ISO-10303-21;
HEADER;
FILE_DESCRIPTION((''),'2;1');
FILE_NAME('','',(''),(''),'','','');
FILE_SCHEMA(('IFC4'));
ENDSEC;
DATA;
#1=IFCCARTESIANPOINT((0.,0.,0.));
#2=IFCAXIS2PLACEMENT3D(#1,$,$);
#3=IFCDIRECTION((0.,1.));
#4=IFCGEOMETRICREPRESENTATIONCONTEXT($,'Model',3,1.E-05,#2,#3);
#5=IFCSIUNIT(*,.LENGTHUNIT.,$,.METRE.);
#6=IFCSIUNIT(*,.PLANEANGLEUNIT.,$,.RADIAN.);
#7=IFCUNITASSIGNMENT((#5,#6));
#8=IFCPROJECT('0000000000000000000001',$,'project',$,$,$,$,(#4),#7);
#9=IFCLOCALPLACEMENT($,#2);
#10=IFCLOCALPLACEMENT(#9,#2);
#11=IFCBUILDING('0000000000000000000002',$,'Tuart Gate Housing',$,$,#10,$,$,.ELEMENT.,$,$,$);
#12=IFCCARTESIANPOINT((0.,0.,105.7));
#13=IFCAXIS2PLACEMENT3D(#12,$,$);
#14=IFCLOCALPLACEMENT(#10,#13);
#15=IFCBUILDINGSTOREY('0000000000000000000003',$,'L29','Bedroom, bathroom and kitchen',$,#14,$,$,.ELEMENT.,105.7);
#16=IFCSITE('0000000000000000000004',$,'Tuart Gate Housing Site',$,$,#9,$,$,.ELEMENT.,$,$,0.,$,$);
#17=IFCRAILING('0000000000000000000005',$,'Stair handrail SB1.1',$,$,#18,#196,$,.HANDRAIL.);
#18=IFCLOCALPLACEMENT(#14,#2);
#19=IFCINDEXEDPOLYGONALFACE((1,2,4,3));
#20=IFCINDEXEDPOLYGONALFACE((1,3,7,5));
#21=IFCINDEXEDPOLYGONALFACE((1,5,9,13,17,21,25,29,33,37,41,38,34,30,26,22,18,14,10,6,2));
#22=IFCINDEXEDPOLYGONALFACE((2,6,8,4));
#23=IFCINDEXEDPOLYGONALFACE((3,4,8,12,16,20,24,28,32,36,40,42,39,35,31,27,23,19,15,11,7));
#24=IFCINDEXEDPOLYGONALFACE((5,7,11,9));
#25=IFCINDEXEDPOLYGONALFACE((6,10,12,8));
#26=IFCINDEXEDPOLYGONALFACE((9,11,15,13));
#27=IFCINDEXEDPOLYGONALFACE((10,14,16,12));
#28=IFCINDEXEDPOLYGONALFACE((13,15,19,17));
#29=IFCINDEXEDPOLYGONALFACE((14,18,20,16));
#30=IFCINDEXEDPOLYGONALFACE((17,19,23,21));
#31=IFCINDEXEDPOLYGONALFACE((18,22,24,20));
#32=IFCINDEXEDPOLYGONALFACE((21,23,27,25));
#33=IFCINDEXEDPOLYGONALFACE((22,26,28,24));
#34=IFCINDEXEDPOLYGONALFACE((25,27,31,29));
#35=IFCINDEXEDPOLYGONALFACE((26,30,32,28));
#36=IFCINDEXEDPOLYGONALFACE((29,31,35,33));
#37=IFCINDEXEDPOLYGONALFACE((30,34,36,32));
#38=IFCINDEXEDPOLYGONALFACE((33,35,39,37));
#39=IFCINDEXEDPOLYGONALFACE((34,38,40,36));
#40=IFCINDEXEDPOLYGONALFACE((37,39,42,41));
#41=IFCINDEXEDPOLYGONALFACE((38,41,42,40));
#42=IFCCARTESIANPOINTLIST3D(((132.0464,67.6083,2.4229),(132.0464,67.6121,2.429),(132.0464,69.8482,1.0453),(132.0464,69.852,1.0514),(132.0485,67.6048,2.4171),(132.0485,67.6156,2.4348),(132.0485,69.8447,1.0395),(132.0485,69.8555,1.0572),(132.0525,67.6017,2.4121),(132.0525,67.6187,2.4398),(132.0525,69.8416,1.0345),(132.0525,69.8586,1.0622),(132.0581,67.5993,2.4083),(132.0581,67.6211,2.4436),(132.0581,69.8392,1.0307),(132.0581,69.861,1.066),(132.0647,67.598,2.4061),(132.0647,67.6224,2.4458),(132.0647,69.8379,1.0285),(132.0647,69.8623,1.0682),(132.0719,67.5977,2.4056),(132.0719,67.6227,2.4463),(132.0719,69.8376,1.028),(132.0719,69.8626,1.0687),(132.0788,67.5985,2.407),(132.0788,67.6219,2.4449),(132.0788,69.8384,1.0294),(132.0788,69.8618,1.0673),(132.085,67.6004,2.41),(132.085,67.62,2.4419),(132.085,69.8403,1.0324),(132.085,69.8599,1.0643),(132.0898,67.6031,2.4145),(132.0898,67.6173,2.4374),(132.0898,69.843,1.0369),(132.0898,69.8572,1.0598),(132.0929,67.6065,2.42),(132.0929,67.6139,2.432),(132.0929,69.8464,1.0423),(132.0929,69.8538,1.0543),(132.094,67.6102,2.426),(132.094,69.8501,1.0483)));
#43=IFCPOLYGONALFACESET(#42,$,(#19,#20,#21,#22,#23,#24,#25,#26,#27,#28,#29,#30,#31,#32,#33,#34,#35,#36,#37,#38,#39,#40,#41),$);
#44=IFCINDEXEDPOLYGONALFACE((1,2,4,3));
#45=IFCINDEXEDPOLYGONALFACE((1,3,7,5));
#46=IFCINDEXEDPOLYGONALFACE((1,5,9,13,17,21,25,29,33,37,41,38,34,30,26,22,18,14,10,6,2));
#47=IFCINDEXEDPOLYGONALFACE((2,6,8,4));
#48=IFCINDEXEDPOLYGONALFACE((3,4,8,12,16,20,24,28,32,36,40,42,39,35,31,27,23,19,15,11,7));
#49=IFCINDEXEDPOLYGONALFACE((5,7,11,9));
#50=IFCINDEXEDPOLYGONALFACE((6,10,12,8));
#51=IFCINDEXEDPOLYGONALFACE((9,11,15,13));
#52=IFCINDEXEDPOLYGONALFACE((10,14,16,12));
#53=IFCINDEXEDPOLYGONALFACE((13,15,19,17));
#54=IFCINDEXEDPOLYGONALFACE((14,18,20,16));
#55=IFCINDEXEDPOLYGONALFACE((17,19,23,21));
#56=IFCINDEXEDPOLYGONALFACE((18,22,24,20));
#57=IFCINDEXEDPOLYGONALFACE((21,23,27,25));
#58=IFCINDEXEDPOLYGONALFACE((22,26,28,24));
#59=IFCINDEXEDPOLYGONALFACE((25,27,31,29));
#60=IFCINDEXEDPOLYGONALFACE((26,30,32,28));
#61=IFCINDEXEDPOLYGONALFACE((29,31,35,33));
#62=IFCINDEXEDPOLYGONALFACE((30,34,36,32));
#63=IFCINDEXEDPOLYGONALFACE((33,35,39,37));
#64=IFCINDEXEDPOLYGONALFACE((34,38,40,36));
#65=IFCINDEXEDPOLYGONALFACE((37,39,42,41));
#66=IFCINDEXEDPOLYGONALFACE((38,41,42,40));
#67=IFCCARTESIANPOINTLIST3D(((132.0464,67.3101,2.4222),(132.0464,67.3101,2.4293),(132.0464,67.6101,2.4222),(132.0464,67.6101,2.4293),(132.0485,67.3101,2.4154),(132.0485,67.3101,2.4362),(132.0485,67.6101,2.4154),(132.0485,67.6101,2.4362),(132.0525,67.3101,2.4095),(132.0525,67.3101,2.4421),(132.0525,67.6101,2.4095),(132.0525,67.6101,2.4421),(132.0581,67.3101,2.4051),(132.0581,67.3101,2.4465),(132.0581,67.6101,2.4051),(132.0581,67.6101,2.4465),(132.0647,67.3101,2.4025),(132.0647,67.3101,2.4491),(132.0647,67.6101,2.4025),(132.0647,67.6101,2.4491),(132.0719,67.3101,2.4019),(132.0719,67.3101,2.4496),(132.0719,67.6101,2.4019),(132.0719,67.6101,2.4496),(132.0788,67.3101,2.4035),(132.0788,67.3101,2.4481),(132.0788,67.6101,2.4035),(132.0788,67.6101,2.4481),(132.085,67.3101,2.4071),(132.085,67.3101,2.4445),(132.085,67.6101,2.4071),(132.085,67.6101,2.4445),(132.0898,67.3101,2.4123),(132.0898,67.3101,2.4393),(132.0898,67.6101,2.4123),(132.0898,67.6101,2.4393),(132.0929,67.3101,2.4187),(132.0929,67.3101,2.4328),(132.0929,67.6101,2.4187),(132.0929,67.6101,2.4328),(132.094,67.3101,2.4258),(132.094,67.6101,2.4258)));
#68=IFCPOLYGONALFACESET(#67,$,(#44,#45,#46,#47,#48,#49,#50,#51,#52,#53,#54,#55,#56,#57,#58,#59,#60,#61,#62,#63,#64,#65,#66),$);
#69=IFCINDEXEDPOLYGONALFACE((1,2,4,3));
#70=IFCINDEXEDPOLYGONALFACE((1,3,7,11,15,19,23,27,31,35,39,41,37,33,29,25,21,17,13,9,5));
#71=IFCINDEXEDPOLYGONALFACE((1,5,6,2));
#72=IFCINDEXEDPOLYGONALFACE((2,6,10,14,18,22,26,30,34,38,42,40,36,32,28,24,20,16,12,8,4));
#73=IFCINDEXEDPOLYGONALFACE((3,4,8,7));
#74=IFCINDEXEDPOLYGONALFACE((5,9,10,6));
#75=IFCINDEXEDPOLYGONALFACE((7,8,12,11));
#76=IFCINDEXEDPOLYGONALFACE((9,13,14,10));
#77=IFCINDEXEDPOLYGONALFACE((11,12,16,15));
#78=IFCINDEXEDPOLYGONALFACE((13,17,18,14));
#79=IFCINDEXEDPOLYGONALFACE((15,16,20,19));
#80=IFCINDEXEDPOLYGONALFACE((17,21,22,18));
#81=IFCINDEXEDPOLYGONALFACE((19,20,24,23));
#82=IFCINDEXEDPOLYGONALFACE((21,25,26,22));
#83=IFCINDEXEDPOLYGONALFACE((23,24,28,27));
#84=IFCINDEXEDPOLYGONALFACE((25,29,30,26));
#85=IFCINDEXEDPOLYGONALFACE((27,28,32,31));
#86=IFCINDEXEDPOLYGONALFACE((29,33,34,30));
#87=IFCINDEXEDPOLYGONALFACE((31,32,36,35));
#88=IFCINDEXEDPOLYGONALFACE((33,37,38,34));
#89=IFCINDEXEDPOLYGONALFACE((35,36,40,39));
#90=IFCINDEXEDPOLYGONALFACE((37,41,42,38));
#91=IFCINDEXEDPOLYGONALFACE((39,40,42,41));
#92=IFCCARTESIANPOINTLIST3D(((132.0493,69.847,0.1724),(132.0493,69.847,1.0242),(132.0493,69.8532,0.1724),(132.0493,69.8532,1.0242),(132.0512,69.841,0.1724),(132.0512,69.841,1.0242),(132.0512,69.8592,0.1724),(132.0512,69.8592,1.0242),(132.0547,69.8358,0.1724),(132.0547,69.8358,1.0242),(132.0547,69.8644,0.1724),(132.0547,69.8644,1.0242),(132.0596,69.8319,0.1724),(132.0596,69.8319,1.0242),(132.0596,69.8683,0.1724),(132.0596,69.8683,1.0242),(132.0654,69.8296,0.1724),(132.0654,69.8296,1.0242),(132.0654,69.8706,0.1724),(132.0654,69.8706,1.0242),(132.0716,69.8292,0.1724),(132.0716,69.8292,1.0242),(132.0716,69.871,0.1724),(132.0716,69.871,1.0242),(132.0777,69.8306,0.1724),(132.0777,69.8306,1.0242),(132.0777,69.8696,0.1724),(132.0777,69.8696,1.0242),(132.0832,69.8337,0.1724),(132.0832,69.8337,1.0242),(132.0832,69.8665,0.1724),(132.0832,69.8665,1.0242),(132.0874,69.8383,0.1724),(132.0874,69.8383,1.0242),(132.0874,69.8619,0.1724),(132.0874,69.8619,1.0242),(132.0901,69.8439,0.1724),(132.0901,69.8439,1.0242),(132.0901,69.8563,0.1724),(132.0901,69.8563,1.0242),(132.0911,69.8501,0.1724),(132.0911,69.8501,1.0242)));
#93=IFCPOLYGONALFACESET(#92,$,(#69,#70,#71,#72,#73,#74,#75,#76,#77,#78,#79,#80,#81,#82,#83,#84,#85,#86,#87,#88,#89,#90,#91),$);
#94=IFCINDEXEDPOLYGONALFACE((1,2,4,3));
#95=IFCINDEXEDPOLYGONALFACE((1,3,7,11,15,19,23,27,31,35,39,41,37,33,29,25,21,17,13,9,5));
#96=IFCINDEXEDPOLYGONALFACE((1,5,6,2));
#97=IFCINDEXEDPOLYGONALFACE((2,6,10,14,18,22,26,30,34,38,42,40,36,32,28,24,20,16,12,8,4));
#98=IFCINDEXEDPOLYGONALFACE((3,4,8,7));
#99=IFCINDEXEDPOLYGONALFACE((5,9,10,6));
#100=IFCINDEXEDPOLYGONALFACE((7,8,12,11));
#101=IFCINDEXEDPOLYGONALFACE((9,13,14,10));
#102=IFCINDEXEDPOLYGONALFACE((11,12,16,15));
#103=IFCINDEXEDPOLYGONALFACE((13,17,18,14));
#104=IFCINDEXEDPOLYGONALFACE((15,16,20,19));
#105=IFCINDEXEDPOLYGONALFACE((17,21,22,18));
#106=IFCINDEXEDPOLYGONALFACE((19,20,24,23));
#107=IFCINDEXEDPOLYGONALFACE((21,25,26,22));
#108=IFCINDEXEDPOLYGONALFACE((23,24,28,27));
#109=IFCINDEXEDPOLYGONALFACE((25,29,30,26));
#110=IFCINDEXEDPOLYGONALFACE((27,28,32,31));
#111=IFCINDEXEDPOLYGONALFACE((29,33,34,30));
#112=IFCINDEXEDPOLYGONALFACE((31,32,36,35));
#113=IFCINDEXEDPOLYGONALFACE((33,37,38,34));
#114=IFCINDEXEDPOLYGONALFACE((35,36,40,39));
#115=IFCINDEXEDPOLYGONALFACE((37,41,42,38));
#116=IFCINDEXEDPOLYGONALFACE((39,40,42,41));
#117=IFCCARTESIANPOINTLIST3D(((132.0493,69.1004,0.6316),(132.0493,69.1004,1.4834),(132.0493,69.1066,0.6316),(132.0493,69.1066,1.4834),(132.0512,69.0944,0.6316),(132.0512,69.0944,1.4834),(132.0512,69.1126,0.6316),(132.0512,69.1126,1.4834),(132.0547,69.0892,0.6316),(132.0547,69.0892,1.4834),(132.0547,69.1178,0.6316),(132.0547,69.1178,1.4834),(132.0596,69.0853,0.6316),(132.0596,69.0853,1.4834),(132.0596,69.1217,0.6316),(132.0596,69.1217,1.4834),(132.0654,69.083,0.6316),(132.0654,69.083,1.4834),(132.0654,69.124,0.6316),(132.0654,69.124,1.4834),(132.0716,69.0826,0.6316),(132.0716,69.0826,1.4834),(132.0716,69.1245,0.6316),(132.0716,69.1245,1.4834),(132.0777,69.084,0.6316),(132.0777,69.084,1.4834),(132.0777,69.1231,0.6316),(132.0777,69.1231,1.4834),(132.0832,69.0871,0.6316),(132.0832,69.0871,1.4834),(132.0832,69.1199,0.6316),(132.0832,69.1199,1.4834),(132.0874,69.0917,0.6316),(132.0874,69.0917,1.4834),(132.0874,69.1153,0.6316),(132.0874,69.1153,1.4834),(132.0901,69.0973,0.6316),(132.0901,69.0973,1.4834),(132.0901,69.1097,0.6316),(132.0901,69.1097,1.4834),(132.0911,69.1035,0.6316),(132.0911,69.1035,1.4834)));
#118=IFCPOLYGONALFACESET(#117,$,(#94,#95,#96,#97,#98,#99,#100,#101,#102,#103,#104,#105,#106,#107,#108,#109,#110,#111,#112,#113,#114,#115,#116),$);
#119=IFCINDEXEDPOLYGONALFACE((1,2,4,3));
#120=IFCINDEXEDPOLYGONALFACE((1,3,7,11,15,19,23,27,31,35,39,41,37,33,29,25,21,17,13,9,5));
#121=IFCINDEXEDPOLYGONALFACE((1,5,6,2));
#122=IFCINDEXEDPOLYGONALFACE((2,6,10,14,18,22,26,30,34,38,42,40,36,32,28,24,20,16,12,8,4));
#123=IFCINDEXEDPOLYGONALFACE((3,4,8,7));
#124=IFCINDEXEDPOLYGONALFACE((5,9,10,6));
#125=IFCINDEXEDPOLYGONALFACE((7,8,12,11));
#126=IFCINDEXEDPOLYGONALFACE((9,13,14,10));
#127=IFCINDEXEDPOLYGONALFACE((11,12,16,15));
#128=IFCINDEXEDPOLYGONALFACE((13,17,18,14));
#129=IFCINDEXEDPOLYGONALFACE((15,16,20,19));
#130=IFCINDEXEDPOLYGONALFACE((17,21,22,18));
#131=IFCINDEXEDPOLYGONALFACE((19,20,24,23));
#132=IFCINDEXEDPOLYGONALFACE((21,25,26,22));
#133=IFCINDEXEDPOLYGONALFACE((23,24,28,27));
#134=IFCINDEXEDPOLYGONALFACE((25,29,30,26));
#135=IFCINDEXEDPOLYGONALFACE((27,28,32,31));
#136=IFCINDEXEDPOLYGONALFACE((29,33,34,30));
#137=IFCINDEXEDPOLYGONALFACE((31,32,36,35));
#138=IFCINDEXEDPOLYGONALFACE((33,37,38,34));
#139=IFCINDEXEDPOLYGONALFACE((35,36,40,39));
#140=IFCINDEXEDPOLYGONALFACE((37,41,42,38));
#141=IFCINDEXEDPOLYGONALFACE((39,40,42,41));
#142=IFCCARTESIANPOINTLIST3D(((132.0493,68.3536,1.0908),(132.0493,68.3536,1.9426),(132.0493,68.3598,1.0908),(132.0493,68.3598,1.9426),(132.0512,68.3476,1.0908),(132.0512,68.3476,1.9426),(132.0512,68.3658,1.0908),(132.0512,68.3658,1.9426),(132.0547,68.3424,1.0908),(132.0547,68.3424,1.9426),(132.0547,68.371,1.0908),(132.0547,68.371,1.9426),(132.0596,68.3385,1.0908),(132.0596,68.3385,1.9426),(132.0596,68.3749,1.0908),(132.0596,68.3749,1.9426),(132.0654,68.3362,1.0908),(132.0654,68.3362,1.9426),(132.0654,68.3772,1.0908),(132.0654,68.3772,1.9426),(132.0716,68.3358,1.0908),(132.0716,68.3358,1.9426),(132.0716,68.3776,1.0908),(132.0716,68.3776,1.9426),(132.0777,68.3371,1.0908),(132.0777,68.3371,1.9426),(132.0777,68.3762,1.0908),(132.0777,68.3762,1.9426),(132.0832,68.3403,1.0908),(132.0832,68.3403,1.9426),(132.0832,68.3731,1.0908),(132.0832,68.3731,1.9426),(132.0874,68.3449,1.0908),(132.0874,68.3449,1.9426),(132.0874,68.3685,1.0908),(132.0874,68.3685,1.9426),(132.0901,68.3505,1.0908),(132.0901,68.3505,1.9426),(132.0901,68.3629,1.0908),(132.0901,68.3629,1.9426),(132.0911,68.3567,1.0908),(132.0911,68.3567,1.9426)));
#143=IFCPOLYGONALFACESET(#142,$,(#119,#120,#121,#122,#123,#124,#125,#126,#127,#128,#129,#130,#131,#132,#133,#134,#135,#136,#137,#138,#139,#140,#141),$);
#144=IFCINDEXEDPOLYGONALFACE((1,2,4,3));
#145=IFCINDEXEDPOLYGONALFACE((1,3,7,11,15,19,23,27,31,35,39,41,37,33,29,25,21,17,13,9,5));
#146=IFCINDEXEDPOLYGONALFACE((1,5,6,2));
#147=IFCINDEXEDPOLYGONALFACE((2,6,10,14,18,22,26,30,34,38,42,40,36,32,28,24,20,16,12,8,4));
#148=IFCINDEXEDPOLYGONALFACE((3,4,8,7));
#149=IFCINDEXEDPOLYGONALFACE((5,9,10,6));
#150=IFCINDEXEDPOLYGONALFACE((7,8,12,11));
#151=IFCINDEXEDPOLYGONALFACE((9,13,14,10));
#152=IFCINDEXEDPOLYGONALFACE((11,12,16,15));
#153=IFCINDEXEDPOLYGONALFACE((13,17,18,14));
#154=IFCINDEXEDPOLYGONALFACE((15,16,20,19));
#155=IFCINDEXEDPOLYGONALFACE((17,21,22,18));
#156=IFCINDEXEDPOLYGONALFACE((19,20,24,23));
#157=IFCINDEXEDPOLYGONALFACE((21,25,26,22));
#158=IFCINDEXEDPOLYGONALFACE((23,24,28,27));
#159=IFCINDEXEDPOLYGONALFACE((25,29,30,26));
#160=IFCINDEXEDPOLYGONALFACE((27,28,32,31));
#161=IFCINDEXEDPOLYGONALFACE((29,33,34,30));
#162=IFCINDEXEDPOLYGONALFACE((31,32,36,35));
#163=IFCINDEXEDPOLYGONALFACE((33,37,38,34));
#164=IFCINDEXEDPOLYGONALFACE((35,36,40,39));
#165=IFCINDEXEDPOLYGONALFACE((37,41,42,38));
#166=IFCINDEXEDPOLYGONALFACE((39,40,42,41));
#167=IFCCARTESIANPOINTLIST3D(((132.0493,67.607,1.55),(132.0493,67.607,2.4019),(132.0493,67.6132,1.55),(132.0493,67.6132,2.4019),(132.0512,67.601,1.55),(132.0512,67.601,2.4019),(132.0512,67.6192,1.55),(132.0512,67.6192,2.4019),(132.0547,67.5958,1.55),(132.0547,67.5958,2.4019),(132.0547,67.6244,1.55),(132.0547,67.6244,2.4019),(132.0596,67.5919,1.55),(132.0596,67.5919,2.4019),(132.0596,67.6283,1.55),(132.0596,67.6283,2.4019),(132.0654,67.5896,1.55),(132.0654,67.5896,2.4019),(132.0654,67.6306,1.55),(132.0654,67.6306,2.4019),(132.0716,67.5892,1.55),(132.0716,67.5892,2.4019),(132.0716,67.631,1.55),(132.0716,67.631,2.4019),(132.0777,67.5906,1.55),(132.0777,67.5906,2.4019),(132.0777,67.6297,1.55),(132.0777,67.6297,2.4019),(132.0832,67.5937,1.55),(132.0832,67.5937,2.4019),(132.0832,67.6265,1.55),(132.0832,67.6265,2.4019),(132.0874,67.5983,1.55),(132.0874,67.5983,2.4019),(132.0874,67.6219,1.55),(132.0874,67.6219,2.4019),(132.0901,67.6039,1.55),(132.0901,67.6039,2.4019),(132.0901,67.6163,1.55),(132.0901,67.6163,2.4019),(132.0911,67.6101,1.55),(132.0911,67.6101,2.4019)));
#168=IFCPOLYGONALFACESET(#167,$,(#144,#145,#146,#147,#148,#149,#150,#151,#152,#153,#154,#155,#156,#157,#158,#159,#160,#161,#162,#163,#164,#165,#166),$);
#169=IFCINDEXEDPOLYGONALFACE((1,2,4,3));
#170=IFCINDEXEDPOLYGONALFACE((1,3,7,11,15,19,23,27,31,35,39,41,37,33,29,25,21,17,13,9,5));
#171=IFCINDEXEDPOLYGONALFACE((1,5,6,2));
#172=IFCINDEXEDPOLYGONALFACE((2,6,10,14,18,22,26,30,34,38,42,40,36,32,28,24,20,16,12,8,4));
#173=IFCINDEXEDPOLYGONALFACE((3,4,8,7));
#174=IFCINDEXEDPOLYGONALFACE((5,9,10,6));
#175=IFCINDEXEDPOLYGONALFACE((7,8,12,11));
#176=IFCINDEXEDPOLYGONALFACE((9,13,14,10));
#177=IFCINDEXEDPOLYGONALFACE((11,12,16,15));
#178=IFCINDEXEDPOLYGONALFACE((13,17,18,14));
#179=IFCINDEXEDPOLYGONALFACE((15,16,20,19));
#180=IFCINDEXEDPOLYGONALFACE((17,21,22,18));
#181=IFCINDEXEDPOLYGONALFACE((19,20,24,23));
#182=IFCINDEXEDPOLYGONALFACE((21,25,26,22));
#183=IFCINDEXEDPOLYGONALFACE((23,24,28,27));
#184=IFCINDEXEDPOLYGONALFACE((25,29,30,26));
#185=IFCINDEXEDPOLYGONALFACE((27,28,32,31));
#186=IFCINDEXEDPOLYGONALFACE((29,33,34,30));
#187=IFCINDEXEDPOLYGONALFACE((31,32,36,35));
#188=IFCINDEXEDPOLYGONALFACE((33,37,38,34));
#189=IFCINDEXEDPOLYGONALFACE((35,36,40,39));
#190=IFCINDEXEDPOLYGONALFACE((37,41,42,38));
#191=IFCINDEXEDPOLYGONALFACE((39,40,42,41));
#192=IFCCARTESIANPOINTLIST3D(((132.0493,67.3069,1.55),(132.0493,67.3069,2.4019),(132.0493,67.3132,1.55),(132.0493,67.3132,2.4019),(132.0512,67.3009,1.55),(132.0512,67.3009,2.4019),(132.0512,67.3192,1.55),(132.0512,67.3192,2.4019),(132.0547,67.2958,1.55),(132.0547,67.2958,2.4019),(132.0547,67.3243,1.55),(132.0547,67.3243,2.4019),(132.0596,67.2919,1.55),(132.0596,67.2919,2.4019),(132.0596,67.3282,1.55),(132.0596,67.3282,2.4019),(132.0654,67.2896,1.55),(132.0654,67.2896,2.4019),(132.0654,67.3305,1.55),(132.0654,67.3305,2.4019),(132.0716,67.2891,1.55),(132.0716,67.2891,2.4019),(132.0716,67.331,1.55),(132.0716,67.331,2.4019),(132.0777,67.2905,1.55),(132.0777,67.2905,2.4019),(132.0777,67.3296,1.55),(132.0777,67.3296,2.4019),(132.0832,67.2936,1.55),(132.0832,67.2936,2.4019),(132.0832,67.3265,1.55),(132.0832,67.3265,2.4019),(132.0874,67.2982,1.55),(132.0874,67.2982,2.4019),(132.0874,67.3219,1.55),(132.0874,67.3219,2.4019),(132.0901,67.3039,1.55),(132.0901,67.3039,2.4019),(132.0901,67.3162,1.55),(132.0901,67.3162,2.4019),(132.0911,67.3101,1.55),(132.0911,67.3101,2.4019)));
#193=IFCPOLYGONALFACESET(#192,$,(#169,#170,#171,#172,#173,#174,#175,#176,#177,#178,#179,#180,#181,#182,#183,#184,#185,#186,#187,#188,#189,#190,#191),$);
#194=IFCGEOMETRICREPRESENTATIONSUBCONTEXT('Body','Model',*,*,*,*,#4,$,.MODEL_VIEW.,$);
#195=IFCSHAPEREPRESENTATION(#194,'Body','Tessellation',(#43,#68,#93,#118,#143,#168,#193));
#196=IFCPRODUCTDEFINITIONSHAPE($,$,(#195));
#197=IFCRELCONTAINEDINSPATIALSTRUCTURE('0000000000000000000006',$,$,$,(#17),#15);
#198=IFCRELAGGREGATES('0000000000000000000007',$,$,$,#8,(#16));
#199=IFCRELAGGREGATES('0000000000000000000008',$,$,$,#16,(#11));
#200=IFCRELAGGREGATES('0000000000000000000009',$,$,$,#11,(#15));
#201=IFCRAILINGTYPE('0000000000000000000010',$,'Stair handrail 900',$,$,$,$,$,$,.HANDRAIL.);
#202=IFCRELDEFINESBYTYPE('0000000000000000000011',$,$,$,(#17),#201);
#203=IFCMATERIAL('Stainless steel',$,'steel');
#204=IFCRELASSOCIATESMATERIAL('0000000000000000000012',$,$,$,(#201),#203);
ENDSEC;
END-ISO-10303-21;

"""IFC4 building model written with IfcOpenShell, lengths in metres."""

from ifc_helpers import new_model, si_unit, direction, frame, origin, origin_2d, place, context, subcontext, project, spatial, circle, extrude, material, type_object, element, save


model = new_model("IFC4")

# Units and contexts
model_context = context("Model", 3, precision=1e-05, world=origin(), true_north=direction((0.0, 1.0)))
body_context = subcontext(model_context, "Body", "Model", "MODEL_VIEW")
ifc_project = project(units=[si_unit("LENGTHUNIT", "METRE"), si_unit("PLANEANGLEUNIT", "RADIAN")], contexts=[model_context])

# Site, building, storey
site_placement = place(None, origin())
site = spatial("IfcSite", under=ifc_project, at=site_placement, Name="Tuart Gate Housing Site", CompositionType="ELEMENT", RefElevation=0.0)
building_placement = place(site_placement, origin())
building = spatial("IfcBuilding", under=site, at=building_placement, Name="Tuart Gate Housing", CompositionType="ELEMENT")
storey_placement = place(building_placement, frame((0.0, 0.0, 105.7)))
storey = spatial("IfcBuildingStorey", under=building, at=storey_placement, Name="L29", Description="Bedroom, bathroom and kitchen", CompositionType="ELEMENT", Elevation=105.7)

# Railing
ifc_material_1 = material(Name="Stainless steel", Category="steel")
railing_type = type_object("IfcRailingType", Name="Stair handrail 900", PredefinedType="HANDRAIL", material=ifc_material_1)
railing_placement = place(storey_placement, frame((132.0701, 69.8501, 0.1724)))
element("IfcRailing", 1, at=railing_placement, inside=storey, type_object=railing_type, Name="Stair handrail SB1.1", PredefinedType="HANDRAIL", context=body_context, shape_type="SweptSolid", body=[
    extrude(circle(Radius=0.0239, at=origin_2d()), frame((0.0, 0.0, 0.876), z_axis=(0.0, -0.851789, 0.523885), x_axis=(1.0, 0.0, 0.0)), (0.0, 0.0, 1.0), 2.6296),
    extrude(circle(Radius=0.0239, at=origin_2d()), frame((0.0, -2.24, 2.2534), z_axis=(0.0, -1.0, 0.0), x_axis=(1.0, 0.0, 0.0)), (0.0, 0.0, 1.0), 0.3),
    extrude(circle(Radius=0.021, at=origin_2d()), origin(), (0.0, 0.0, 1.0), 0.8518),
    extrude(circle(Radius=0.021, at=origin_2d()), frame((0.0, -0.7466, 0.4592)), (0.0, 0.0, 1.0), 0.8518),
    extrude(circle(Radius=0.021, at=origin_2d()), frame((0.0, -1.4934, 0.9185)), (0.0, 0.0, 1.0), 0.8518),
    extrude(circle(Radius=0.021, at=origin_2d()), frame((0.0, -2.24, 1.3777)), (0.0, 0.0, 1.0), 0.8518),
    extrude(circle(Radius=0.021, at=origin_2d()), frame((0.0, -2.54, 1.3777)), (0.0, 0.0, 1.0), 0.8518),
])

save(model, "model.ifc")
